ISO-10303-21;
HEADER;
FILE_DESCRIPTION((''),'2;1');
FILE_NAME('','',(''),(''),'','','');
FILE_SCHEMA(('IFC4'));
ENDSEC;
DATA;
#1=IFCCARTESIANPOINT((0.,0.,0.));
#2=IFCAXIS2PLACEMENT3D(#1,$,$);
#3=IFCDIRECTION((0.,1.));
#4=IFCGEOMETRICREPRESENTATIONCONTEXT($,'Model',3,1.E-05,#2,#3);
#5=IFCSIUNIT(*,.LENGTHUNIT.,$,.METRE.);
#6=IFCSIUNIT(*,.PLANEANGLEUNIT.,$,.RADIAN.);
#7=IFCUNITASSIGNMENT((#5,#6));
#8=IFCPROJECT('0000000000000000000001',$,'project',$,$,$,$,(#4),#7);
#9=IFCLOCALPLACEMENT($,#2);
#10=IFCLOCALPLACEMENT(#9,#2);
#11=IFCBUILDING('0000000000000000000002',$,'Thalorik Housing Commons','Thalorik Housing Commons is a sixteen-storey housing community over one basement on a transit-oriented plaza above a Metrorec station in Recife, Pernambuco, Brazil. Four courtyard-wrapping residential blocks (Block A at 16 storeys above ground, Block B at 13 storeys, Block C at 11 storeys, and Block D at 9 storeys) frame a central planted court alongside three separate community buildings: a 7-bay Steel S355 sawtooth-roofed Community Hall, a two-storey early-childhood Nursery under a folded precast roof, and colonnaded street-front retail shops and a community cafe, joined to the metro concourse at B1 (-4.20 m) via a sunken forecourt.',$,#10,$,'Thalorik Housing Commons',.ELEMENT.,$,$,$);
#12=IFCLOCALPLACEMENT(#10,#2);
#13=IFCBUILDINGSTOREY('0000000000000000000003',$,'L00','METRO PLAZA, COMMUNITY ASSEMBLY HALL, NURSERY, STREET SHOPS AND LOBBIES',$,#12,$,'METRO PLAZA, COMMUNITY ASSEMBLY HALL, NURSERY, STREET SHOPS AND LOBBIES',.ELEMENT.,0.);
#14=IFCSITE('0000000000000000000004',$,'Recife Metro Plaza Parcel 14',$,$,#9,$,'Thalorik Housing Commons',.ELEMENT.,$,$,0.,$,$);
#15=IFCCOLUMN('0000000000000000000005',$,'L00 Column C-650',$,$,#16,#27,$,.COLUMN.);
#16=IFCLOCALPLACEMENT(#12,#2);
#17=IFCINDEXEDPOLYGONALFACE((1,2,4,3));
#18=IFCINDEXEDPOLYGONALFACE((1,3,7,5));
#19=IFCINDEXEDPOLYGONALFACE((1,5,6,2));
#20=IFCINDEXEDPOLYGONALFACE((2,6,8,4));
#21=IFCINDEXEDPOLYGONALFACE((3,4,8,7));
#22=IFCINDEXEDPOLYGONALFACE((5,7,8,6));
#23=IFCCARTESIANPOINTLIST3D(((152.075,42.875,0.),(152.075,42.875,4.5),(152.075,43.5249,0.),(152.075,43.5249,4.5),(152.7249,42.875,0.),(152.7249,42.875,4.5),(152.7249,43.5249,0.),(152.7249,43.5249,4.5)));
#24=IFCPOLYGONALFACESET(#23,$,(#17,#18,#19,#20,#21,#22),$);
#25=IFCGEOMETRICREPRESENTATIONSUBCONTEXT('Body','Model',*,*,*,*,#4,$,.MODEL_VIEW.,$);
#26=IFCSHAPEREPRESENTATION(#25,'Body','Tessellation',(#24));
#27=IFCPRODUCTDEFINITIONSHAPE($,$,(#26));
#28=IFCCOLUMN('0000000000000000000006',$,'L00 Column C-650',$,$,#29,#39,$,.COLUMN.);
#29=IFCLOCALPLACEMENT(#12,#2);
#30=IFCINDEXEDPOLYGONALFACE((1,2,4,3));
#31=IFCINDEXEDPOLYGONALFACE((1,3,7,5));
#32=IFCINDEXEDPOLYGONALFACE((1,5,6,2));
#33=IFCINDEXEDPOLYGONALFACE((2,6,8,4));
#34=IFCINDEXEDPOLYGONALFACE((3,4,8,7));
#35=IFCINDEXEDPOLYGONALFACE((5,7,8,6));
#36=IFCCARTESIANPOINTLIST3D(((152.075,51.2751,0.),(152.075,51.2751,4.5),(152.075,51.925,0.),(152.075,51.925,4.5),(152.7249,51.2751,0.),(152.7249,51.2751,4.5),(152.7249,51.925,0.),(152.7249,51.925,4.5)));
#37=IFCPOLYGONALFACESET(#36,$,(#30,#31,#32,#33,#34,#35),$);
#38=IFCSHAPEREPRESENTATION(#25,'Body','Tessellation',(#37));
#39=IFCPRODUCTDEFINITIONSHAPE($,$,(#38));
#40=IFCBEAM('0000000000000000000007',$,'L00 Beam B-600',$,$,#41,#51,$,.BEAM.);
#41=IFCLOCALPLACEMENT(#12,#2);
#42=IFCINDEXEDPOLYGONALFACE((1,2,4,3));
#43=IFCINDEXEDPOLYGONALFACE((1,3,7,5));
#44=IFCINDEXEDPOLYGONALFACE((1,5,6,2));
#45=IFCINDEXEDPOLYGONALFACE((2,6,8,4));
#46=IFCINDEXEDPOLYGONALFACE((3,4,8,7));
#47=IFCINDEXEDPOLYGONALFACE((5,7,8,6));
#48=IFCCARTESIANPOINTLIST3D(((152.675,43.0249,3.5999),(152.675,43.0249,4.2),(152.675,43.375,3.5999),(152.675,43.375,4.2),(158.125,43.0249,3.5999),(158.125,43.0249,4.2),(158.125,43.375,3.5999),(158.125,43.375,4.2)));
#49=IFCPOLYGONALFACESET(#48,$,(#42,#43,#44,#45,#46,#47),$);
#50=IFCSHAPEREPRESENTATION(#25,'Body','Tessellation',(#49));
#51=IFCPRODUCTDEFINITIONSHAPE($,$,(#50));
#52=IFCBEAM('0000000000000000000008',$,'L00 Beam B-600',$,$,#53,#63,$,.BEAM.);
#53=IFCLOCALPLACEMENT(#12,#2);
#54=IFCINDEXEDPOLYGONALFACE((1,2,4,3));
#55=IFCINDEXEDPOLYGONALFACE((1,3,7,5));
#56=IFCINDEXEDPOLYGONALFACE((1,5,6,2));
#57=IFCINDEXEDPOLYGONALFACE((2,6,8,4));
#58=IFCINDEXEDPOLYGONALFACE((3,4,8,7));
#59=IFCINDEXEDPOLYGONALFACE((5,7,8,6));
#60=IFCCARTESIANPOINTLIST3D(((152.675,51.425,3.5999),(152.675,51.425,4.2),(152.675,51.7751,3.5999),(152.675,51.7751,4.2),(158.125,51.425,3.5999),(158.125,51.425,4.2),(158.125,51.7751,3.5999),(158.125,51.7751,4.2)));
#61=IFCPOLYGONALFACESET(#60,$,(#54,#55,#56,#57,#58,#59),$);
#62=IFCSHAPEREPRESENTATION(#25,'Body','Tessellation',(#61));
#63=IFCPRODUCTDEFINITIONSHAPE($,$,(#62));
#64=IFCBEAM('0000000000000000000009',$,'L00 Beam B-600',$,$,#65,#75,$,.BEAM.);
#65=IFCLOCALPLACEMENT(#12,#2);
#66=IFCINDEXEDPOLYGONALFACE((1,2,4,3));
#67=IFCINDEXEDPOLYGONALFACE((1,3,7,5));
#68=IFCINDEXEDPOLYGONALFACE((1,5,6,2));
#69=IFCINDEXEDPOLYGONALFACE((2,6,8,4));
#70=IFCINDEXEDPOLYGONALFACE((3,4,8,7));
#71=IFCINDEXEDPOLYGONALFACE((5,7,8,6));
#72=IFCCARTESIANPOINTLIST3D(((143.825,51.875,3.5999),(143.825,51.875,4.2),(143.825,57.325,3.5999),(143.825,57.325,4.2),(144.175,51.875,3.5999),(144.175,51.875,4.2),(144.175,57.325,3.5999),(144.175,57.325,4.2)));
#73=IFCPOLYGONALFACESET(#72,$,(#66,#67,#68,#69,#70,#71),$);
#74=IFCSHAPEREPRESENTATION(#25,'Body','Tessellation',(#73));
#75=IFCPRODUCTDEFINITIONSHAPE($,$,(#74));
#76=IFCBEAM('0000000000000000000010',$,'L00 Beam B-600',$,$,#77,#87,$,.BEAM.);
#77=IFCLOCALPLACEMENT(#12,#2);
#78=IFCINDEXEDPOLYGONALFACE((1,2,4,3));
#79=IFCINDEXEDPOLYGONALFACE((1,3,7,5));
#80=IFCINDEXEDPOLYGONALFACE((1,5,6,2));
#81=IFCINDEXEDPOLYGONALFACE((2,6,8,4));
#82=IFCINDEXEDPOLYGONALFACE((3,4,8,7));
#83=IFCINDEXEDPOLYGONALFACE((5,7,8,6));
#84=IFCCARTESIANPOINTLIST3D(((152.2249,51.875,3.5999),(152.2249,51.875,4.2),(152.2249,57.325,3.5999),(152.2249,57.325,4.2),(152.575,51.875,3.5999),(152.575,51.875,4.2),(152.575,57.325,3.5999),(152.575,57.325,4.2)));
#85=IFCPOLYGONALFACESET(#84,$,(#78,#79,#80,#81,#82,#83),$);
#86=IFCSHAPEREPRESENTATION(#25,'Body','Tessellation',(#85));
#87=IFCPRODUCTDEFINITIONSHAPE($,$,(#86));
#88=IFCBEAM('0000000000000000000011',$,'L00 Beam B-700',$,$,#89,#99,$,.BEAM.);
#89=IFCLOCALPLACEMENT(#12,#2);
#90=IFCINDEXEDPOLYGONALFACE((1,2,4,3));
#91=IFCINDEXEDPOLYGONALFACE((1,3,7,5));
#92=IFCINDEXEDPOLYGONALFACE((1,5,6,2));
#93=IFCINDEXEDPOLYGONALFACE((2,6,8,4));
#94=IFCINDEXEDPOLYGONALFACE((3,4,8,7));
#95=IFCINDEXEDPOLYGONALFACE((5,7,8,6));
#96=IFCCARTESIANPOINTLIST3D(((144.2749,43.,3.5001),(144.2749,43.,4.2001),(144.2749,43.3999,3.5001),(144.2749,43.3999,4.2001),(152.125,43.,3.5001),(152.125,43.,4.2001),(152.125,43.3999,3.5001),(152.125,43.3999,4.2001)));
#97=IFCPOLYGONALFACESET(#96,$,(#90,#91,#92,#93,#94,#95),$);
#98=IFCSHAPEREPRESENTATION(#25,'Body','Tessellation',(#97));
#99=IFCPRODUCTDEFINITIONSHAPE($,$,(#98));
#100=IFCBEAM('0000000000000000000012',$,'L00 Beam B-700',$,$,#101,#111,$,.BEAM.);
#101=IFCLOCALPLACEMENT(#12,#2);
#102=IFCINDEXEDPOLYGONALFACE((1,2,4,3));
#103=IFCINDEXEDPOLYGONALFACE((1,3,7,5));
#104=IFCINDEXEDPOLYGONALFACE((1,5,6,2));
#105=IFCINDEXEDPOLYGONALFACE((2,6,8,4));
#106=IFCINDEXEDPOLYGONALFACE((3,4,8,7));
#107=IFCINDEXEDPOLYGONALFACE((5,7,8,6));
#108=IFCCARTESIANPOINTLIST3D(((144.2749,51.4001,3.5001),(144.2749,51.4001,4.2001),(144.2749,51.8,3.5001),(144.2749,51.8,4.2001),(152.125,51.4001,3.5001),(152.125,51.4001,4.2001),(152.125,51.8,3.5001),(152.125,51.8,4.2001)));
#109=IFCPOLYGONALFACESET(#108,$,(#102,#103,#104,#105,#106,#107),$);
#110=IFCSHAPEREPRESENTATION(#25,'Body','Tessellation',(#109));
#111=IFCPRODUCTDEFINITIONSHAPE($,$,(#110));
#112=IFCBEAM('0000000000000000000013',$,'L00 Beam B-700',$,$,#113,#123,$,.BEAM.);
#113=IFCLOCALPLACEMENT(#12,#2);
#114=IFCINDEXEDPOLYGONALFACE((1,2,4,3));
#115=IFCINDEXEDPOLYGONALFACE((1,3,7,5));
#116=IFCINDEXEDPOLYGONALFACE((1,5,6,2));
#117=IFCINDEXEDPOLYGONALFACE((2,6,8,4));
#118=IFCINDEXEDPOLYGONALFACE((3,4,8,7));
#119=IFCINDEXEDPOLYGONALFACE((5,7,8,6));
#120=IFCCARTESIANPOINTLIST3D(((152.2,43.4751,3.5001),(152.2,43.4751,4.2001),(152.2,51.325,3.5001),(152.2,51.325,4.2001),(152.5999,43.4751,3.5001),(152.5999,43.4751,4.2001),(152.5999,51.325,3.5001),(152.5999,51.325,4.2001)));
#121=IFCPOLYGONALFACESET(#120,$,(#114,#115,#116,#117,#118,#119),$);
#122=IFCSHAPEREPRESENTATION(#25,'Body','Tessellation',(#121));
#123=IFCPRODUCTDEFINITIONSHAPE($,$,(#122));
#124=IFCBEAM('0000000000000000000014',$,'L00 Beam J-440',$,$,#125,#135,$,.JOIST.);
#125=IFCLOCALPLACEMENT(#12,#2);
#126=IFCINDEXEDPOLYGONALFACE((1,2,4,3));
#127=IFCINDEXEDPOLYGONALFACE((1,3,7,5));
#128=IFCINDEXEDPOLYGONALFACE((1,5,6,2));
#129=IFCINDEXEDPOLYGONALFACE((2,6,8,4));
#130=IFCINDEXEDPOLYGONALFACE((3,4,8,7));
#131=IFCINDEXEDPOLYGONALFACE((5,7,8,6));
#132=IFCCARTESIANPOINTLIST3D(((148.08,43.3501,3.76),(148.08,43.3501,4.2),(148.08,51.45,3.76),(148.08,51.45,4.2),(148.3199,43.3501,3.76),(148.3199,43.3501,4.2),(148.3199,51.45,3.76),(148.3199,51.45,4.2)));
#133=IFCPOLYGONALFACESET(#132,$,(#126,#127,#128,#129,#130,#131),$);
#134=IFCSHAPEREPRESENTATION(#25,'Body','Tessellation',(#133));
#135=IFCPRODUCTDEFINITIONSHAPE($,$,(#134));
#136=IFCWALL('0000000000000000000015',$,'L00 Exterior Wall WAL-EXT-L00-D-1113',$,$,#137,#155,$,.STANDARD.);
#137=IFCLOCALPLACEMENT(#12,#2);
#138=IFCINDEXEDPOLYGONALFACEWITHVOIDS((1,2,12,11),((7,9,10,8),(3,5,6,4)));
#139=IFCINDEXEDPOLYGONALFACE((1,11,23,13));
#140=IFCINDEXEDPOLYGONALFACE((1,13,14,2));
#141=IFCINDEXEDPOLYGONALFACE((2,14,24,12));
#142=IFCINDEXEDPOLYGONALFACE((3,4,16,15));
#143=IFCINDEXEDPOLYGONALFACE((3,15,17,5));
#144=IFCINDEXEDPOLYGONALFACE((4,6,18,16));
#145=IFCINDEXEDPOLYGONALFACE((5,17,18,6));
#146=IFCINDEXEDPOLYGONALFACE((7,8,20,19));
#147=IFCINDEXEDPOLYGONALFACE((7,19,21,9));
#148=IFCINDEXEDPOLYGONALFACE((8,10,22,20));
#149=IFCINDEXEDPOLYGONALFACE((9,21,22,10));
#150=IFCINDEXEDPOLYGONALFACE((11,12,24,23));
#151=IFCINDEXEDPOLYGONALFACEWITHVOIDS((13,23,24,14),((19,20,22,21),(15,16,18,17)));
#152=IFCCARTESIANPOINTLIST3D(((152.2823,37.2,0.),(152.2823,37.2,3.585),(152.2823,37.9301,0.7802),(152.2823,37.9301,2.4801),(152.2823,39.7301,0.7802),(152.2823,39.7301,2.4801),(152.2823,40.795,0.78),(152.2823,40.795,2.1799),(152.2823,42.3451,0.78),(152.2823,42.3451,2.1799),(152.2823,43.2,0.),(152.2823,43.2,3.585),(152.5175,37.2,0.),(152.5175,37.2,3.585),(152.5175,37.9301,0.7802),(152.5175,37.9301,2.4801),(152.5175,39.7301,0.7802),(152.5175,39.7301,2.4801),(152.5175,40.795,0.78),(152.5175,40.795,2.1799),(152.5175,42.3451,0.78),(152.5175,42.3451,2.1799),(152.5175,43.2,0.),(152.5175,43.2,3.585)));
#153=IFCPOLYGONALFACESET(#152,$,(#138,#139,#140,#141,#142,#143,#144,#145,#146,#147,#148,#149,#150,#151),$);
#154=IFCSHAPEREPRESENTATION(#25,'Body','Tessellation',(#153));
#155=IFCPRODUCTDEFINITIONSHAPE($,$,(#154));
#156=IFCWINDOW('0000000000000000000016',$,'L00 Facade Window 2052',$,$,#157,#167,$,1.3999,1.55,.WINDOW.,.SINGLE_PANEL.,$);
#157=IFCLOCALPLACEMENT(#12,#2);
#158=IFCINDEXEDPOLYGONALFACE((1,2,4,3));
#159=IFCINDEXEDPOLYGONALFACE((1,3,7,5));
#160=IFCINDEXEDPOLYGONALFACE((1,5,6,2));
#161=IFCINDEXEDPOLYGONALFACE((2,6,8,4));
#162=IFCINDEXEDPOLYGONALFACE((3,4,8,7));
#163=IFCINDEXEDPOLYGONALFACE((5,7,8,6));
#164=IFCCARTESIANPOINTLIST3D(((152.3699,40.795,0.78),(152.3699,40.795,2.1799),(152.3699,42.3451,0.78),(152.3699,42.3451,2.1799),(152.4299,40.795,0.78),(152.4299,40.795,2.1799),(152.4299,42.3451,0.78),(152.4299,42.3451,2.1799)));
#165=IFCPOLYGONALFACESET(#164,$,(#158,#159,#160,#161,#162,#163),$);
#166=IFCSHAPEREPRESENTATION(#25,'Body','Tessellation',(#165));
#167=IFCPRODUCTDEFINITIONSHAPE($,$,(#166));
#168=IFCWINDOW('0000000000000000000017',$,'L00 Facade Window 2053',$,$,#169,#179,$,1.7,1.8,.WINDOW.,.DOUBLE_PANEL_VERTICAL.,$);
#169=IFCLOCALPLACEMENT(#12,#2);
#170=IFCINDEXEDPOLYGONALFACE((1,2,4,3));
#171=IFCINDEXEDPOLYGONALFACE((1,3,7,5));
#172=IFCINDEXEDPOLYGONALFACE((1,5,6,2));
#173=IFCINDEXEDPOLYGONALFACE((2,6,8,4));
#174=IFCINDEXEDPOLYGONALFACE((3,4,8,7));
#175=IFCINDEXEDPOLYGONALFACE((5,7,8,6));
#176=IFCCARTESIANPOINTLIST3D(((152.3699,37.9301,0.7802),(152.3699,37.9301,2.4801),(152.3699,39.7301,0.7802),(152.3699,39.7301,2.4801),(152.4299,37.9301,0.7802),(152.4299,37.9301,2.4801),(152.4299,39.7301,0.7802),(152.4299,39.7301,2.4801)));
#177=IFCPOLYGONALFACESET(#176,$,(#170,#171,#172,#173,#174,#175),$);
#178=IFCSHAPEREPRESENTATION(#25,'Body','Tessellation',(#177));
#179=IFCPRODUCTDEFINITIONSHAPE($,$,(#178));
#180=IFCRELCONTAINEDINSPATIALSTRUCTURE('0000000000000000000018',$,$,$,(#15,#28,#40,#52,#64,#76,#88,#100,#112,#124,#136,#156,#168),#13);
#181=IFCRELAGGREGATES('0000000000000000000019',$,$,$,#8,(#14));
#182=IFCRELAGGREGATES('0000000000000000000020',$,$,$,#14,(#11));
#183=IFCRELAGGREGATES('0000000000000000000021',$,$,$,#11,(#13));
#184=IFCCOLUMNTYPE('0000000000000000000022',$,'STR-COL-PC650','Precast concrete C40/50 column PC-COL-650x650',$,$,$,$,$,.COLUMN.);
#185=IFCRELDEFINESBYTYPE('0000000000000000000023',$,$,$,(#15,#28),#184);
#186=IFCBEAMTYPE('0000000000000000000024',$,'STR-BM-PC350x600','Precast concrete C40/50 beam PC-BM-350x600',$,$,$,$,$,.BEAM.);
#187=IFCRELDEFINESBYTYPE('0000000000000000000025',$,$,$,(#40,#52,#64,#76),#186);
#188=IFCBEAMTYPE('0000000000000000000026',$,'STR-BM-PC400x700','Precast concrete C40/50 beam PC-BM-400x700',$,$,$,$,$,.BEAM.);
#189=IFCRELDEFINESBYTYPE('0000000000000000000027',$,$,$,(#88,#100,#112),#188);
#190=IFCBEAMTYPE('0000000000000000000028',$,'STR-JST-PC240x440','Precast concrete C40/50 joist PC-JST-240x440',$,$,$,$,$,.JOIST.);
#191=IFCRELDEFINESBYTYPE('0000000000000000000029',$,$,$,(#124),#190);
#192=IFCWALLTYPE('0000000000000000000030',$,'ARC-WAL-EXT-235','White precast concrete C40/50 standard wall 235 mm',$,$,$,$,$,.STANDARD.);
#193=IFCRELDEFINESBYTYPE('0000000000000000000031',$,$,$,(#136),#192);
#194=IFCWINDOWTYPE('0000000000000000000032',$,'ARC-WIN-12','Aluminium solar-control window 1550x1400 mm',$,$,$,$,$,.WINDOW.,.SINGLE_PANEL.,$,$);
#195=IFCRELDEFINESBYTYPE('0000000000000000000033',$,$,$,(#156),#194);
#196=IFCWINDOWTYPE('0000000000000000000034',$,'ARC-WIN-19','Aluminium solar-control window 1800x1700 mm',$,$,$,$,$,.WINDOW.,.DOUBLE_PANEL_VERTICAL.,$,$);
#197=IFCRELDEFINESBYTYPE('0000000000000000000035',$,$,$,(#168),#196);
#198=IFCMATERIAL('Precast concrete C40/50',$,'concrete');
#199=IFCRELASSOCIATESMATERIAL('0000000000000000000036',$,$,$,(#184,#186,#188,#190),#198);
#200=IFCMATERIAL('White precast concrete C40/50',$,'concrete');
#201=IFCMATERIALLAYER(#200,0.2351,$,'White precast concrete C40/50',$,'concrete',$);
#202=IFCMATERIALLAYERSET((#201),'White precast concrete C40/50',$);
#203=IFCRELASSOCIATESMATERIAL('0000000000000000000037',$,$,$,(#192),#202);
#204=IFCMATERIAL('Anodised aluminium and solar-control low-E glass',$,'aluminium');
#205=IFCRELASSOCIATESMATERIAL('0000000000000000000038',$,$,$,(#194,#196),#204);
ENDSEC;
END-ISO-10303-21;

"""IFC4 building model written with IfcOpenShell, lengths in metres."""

from ifc_helpers import new_model, si_unit, direction, frame, frame_2d, origin, origin_2d, place, context, subcontext, project, spatial, rectangle, extrude, material, layer, layer_set, material_profile, profile_set, type_object, element, fill, save


model = new_model("IFC4")

# Units and contexts
model_context = context("Model", 3, precision=1e-05, world=origin(), true_north=direction((0.0, 1.0)))
body_context = subcontext(model_context, "Body", "Model", "MODEL_VIEW")
ifc_project = project(units=[si_unit("LENGTHUNIT", "METRE"), si_unit("PLANEANGLEUNIT", "RADIAN")], contexts=[model_context])

# Site, building, storey
site_placement = place(None, origin())
site = spatial("IfcSite", under=ifc_project, at=site_placement, Name="Recife Metro Plaza Parcel 14", LongName="Thalorik Housing Commons", CompositionType="ELEMENT", RefElevation=0.0)
building_placement = place(site_placement, origin())
building = spatial("IfcBuilding", under=site, at=building_placement, Name="Thalorik Housing Commons", Description="Thalorik Housing Commons is a sixteen-storey housing community over one basement on a transit-oriented plaza above a Metrorec station in Recife, Pernambuco, Brazil. Four courtyard-wrapping residential blocks (Block A at 16 storeys above ground, Block B at 13 storeys, Block C at 11 storeys, and Block D at 9 storeys) frame a central planted court alongside three separate community buildings: a 7-bay Steel S355 sawtooth-roofed Community Hall, a two-storey early-childhood Nursery under a folded precast roof, and colonnaded street-front retail shops and a community cafe, joined to the metro concourse at B1 (-4.20 m) via a sunken forecourt.", LongName="Thalorik Housing Commons", CompositionType="ELEMENT")
storey_placement = place(building_placement, origin())
storey = spatial("IfcBuildingStorey", under=building, at=storey_placement, Name="L00", Description="METRO PLAZA, COMMUNITY ASSEMBLY HALL, NURSERY, STREET SHOPS AND LOBBIES", LongName="METRO PLAZA, COMMUNITY ASSEMBLY HALL, NURSERY, STREET SHOPS AND LOBBIES", CompositionType="ELEMENT", Elevation=0.0)

# Columns
ifc_material_1 = material(Name="Precast concrete C40/50", Category="concrete")
ifc_material_profile_1 = material_profile(ifc_material_1, rectangle(XDim=0.6499, YDim=0.6499, at=origin_2d()), Name="PC 650x650", Category="concrete")
ifc_profile_set_1 = profile_set([ifc_material_profile_1], Name="Precast concrete C40/50")
column_type = type_object("IfcColumnType", Name="STR-COL-PC650", Description="Precast concrete C40/50 column PC-COL-650x650", PredefinedType="COLUMN", material=ifc_profile_set_1)
for number, where, z_axis, x_axis, name in (
    (1, (152.3999, 43.2, 0.0), (0.0, 0.0, 1.0), (1.0, 0.0, 0.0), "L00 Column C-650"),
    (2, (152.3999, 51.6001, 0.0), (0.0, 0.0, 1.0), (1.0, 0.0, 0.0), "L00 Column C-650"),
):
    element("IfcColumn", number, at=place(storey_placement, frame(where, z_axis=z_axis, x_axis=x_axis)), inside=storey, type_object=column_type, Name=name, PredefinedType="COLUMN", context=body_context, shape_type="SweptSolid", body=[
        extrude(rectangle(XDim=0.6499, YDim=0.6499, at=origin_2d()), origin(), (0.0, 0.0, 1.0), 4.5),
    ])

# Beams
ifc_material_profile_2 = material_profile(ifc_material_1, rectangle(XDim=0.3501, YDim=0.6001, at=origin_2d()), Name="PC 350x600", Category="concrete")
ifc_profile_set_2 = profile_set([ifc_material_profile_2], Name="Precast concrete C40/50")
beam_type_1 = type_object("IfcBeamType", Name="STR-BM-PC350x600", Description="Precast concrete C40/50 beam PC-BM-350x600", PredefinedType="BEAM", material=ifc_profile_set_2)
for number, where, z_axis, x_axis, name in (
    (3, (152.675, 43.2, 3.8999), (1.0, 0.0, 0.0), (0.0, 1.0, 0.0), "L00 Beam B-600"),
    (4, (152.675, 51.6001, 3.8999), (1.0, 0.0, 0.0), (0.0, 1.0, 0.0), "L00 Beam B-600"),
    (5, (144.0, 51.875, 3.8999), (0.0, 1.0, 0.0), (-1.0, 0.0, 0.0), "L00 Beam B-600"),
    (6, (152.3999, 51.875, 3.8999), (0.0, 1.0, 0.0), (-1.0, 0.0, 0.0), "L00 Beam B-600"),
):
    element("IfcBeam", number, at=place(storey_placement, frame(where, z_axis=z_axis, x_axis=x_axis)), inside=storey, type_object=beam_type_1, Name=name, PredefinedType="BEAM", context=body_context, shape_type="SweptSolid", body=[
        extrude(rectangle(XDim=0.3501, YDim=0.6001, at=origin_2d()), origin(), (0.0, 0.0, 1.0), 5.45),
    ])
ifc_material_profile_3 = material_profile(ifc_material_1, rectangle(XDim=0.3999, YDim=0.7, at=origin_2d()), Name="PC 400x700", Category="concrete")
ifc_profile_set_3 = profile_set([ifc_material_profile_3], Name="Precast concrete C40/50")
beam_type_2 = type_object("IfcBeamType", Name="STR-BM-PC400x700", Description="Precast concrete C40/50 beam PC-BM-400x700", PredefinedType="BEAM", material=ifc_profile_set_3)
for number, where, z_axis, x_axis, name in (
    (7, (144.2749, 43.2, 3.8501), (1.0, 0.0, 0.0), (0.0, 1.0, 0.0), "L00 Beam B-700"),
    (8, (144.2749, 51.6001, 3.8501), (1.0, 0.0, 0.0), (0.0, 1.0, 0.0), "L00 Beam B-700"),
):
    element("IfcBeam", number, at=place(storey_placement, frame(where, z_axis=z_axis, x_axis=x_axis)), inside=storey, type_object=beam_type_2, Name=name, PredefinedType="BEAM", context=body_context, shape_type="SweptSolid", body=[
        extrude(rectangle(XDim=0.3999, YDim=0.7, at=origin_2d()), origin(), (0.0, 0.0, 1.0), 7.8501),
    ])
beam_1_placement = place(storey_placement, frame((152.3999, 43.4751, 3.8501), z_axis=(0.0, 1.0, 0.0), x_axis=(-1.0, 0.0, 0.0)))
element("IfcBeam", 9, at=beam_1_placement, inside=storey, type_object=beam_type_2, Name="L00 Beam B-700", PredefinedType="BEAM", context=body_context, shape_type="SweptSolid", body=[
    extrude(rectangle(XDim=0.3999, YDim=0.7, at=origin_2d()), origin(), (0.0, 0.0, 1.0), 7.8499),
])
ifc_material_profile_4 = material_profile(ifc_material_1, rectangle(XDim=0.24, YDim=0.4399, at=origin_2d()), Name="PC JST 240x440", Category="concrete")
ifc_profile_set_4 = profile_set([ifc_material_profile_4], Name="Precast concrete C40/50")
beam_type_3 = type_object("IfcBeamType", Name="STR-JST-PC240x440", Description="Precast concrete C40/50 joist PC-JST-240x440", PredefinedType="JOIST", material=ifc_profile_set_4)
beam_2_placement = place(storey_placement, frame((148.2, 43.3501, 3.98), z_axis=(0.0, 1.0, 0.0), x_axis=(-1.0, 0.0, 0.0)))
element("IfcBeam", 10, at=beam_2_placement, inside=storey, type_object=beam_type_3, Name="L00 Beam J-440", PredefinedType="JOIST", context=body_context, shape_type="SweptSolid", body=[
    extrude(rectangle(XDim=0.24, YDim=0.4399, at=origin_2d()), origin(), (0.0, 0.0, 1.0), 8.0999),
])

# Wall, openings, windows
ifc_material_2 = material(Name="White precast concrete C40/50", Category="concrete")
ifc_layer_1 = layer(ifc_material_2, 0.2351, Name="White precast concrete C40/50", Category="concrete")
ifc_layer_set_1 = layer_set([ifc_layer_1], Name="White precast concrete C40/50")
wall_type_1 = type_object("IfcWallType", Name="ARC-WAL-EXT-235", Description="White precast concrete C40/50 standard wall 235 mm", PredefinedType="STANDARD", material=ifc_layer_set_1)
wall_1_placement = place(storey_placement, frame((152.3999, 43.2, 0.0), z_axis=(0.0, 0.0, 1.0), x_axis=(0.0, -1.0, 0.0)))
wall_1 = element("IfcWall", 11, at=wall_1_placement, inside=storey, type_object=wall_type_1, Name="L00 Exterior Wall WAL-EXT-L00-D-1113", PredefinedType="STANDARD", context=body_context, shape_type="SweptSolid", body=[
    extrude(rectangle(XDim=6.0, YDim=0.2351, at=frame_2d((3.0, 0.0))), origin(), (0.0, 0.0, 1.0), 3.585),
])
opening_1_placement = place(wall_1_placement, frame((0.855, 0.0, 0.78)))
opening_1 = element("IfcOpeningElement", 12, at=opening_1_placement, cuts=wall_1, PredefinedType="OPENING", context=body_context, shape_type="SweptSolid", body=[
    extrude(rectangle(XDim=1.55, YDim=1.3999, at=frame_2d((0.7749, 0.7))), frame((0.0, 0.1274, 0.0), z_axis=(0.0, -1.0, 0.0), x_axis=(1.0, 0.0, 0.0)), (0.0, 0.0, 1.0), 0.2551),
])
opening_2_placement = place(wall_1_placement, frame((3.47, 0.0, 0.78)))
opening_2 = element("IfcOpeningElement", 13, at=opening_2_placement, cuts=wall_1, PredefinedType="OPENING", context=body_context, shape_type="SweptSolid", body=[
    extrude(rectangle(XDim=1.8, YDim=1.7, at=frame_2d((0.8999, 0.8501))), frame((0.0, 0.1274, 0.0), z_axis=(0.0, -1.0, 0.0), x_axis=(1.0, 0.0, 0.0)), (0.0, 0.0, 1.0), 0.2551),
])
ifc_material_3 = material(Name="Anodised aluminium and solar-control low-E glass", Category="aluminium")
window_type_1 = type_object("IfcWindowType", Name="ARC-WIN-12", Description="Aluminium solar-control window 1550x1400 mm", PartitioningType="SINGLE_PANEL", PredefinedType="WINDOW", material=ifc_material_3)
window_1_placement = place(opening_1_placement, origin())
window_1 = element("IfcWindow", 14, at=window_1_placement, inside=storey, type_object=window_type_1, Name="L00 Facade Window 2052", OverallHeight=1.3999, OverallWidth=1.55, PartitioningType="SINGLE_PANEL", PredefinedType="WINDOW", context=body_context, shape_type="SweptSolid", body=[
    extrude(rectangle(XDim=1.55, YDim=1.3999, at=frame_2d((0.7749, 0.7))), frame((0.0, 0.03, 0.0), z_axis=(0.0, -1.0, 0.0), x_axis=(1.0, 0.0, 0.0)), (0.0, 0.0, 1.0), 0.0601),
])
fill(opening_1, window_1)
window_type_2 = type_object("IfcWindowType", Name="ARC-WIN-19", Description="Aluminium solar-control window 1800x1700 mm", PartitioningType="DOUBLE_PANEL_VERTICAL", PredefinedType="WINDOW", material=ifc_material_3)
window_2_placement = place(opening_2_placement, origin())
window_2 = element("IfcWindow", 15, at=window_2_placement, inside=storey, type_object=window_type_2, Name="L00 Facade Window 2053", OverallHeight=1.7, OverallWidth=1.8, PartitioningType="DOUBLE_PANEL_VERTICAL", PredefinedType="WINDOW", context=body_context, shape_type="SweptSolid", body=[
    extrude(rectangle(XDim=1.8, YDim=1.7, at=frame_2d((0.8999, 0.8501))), frame((0.0, 0.03, 0.0), z_axis=(0.0, -1.0, 0.0), x_axis=(1.0, 0.0, 0.0)), (0.0, 0.0, 1.0), 0.0601),
])
fill(opening_2, window_2)

save(model, "model.ifc")
